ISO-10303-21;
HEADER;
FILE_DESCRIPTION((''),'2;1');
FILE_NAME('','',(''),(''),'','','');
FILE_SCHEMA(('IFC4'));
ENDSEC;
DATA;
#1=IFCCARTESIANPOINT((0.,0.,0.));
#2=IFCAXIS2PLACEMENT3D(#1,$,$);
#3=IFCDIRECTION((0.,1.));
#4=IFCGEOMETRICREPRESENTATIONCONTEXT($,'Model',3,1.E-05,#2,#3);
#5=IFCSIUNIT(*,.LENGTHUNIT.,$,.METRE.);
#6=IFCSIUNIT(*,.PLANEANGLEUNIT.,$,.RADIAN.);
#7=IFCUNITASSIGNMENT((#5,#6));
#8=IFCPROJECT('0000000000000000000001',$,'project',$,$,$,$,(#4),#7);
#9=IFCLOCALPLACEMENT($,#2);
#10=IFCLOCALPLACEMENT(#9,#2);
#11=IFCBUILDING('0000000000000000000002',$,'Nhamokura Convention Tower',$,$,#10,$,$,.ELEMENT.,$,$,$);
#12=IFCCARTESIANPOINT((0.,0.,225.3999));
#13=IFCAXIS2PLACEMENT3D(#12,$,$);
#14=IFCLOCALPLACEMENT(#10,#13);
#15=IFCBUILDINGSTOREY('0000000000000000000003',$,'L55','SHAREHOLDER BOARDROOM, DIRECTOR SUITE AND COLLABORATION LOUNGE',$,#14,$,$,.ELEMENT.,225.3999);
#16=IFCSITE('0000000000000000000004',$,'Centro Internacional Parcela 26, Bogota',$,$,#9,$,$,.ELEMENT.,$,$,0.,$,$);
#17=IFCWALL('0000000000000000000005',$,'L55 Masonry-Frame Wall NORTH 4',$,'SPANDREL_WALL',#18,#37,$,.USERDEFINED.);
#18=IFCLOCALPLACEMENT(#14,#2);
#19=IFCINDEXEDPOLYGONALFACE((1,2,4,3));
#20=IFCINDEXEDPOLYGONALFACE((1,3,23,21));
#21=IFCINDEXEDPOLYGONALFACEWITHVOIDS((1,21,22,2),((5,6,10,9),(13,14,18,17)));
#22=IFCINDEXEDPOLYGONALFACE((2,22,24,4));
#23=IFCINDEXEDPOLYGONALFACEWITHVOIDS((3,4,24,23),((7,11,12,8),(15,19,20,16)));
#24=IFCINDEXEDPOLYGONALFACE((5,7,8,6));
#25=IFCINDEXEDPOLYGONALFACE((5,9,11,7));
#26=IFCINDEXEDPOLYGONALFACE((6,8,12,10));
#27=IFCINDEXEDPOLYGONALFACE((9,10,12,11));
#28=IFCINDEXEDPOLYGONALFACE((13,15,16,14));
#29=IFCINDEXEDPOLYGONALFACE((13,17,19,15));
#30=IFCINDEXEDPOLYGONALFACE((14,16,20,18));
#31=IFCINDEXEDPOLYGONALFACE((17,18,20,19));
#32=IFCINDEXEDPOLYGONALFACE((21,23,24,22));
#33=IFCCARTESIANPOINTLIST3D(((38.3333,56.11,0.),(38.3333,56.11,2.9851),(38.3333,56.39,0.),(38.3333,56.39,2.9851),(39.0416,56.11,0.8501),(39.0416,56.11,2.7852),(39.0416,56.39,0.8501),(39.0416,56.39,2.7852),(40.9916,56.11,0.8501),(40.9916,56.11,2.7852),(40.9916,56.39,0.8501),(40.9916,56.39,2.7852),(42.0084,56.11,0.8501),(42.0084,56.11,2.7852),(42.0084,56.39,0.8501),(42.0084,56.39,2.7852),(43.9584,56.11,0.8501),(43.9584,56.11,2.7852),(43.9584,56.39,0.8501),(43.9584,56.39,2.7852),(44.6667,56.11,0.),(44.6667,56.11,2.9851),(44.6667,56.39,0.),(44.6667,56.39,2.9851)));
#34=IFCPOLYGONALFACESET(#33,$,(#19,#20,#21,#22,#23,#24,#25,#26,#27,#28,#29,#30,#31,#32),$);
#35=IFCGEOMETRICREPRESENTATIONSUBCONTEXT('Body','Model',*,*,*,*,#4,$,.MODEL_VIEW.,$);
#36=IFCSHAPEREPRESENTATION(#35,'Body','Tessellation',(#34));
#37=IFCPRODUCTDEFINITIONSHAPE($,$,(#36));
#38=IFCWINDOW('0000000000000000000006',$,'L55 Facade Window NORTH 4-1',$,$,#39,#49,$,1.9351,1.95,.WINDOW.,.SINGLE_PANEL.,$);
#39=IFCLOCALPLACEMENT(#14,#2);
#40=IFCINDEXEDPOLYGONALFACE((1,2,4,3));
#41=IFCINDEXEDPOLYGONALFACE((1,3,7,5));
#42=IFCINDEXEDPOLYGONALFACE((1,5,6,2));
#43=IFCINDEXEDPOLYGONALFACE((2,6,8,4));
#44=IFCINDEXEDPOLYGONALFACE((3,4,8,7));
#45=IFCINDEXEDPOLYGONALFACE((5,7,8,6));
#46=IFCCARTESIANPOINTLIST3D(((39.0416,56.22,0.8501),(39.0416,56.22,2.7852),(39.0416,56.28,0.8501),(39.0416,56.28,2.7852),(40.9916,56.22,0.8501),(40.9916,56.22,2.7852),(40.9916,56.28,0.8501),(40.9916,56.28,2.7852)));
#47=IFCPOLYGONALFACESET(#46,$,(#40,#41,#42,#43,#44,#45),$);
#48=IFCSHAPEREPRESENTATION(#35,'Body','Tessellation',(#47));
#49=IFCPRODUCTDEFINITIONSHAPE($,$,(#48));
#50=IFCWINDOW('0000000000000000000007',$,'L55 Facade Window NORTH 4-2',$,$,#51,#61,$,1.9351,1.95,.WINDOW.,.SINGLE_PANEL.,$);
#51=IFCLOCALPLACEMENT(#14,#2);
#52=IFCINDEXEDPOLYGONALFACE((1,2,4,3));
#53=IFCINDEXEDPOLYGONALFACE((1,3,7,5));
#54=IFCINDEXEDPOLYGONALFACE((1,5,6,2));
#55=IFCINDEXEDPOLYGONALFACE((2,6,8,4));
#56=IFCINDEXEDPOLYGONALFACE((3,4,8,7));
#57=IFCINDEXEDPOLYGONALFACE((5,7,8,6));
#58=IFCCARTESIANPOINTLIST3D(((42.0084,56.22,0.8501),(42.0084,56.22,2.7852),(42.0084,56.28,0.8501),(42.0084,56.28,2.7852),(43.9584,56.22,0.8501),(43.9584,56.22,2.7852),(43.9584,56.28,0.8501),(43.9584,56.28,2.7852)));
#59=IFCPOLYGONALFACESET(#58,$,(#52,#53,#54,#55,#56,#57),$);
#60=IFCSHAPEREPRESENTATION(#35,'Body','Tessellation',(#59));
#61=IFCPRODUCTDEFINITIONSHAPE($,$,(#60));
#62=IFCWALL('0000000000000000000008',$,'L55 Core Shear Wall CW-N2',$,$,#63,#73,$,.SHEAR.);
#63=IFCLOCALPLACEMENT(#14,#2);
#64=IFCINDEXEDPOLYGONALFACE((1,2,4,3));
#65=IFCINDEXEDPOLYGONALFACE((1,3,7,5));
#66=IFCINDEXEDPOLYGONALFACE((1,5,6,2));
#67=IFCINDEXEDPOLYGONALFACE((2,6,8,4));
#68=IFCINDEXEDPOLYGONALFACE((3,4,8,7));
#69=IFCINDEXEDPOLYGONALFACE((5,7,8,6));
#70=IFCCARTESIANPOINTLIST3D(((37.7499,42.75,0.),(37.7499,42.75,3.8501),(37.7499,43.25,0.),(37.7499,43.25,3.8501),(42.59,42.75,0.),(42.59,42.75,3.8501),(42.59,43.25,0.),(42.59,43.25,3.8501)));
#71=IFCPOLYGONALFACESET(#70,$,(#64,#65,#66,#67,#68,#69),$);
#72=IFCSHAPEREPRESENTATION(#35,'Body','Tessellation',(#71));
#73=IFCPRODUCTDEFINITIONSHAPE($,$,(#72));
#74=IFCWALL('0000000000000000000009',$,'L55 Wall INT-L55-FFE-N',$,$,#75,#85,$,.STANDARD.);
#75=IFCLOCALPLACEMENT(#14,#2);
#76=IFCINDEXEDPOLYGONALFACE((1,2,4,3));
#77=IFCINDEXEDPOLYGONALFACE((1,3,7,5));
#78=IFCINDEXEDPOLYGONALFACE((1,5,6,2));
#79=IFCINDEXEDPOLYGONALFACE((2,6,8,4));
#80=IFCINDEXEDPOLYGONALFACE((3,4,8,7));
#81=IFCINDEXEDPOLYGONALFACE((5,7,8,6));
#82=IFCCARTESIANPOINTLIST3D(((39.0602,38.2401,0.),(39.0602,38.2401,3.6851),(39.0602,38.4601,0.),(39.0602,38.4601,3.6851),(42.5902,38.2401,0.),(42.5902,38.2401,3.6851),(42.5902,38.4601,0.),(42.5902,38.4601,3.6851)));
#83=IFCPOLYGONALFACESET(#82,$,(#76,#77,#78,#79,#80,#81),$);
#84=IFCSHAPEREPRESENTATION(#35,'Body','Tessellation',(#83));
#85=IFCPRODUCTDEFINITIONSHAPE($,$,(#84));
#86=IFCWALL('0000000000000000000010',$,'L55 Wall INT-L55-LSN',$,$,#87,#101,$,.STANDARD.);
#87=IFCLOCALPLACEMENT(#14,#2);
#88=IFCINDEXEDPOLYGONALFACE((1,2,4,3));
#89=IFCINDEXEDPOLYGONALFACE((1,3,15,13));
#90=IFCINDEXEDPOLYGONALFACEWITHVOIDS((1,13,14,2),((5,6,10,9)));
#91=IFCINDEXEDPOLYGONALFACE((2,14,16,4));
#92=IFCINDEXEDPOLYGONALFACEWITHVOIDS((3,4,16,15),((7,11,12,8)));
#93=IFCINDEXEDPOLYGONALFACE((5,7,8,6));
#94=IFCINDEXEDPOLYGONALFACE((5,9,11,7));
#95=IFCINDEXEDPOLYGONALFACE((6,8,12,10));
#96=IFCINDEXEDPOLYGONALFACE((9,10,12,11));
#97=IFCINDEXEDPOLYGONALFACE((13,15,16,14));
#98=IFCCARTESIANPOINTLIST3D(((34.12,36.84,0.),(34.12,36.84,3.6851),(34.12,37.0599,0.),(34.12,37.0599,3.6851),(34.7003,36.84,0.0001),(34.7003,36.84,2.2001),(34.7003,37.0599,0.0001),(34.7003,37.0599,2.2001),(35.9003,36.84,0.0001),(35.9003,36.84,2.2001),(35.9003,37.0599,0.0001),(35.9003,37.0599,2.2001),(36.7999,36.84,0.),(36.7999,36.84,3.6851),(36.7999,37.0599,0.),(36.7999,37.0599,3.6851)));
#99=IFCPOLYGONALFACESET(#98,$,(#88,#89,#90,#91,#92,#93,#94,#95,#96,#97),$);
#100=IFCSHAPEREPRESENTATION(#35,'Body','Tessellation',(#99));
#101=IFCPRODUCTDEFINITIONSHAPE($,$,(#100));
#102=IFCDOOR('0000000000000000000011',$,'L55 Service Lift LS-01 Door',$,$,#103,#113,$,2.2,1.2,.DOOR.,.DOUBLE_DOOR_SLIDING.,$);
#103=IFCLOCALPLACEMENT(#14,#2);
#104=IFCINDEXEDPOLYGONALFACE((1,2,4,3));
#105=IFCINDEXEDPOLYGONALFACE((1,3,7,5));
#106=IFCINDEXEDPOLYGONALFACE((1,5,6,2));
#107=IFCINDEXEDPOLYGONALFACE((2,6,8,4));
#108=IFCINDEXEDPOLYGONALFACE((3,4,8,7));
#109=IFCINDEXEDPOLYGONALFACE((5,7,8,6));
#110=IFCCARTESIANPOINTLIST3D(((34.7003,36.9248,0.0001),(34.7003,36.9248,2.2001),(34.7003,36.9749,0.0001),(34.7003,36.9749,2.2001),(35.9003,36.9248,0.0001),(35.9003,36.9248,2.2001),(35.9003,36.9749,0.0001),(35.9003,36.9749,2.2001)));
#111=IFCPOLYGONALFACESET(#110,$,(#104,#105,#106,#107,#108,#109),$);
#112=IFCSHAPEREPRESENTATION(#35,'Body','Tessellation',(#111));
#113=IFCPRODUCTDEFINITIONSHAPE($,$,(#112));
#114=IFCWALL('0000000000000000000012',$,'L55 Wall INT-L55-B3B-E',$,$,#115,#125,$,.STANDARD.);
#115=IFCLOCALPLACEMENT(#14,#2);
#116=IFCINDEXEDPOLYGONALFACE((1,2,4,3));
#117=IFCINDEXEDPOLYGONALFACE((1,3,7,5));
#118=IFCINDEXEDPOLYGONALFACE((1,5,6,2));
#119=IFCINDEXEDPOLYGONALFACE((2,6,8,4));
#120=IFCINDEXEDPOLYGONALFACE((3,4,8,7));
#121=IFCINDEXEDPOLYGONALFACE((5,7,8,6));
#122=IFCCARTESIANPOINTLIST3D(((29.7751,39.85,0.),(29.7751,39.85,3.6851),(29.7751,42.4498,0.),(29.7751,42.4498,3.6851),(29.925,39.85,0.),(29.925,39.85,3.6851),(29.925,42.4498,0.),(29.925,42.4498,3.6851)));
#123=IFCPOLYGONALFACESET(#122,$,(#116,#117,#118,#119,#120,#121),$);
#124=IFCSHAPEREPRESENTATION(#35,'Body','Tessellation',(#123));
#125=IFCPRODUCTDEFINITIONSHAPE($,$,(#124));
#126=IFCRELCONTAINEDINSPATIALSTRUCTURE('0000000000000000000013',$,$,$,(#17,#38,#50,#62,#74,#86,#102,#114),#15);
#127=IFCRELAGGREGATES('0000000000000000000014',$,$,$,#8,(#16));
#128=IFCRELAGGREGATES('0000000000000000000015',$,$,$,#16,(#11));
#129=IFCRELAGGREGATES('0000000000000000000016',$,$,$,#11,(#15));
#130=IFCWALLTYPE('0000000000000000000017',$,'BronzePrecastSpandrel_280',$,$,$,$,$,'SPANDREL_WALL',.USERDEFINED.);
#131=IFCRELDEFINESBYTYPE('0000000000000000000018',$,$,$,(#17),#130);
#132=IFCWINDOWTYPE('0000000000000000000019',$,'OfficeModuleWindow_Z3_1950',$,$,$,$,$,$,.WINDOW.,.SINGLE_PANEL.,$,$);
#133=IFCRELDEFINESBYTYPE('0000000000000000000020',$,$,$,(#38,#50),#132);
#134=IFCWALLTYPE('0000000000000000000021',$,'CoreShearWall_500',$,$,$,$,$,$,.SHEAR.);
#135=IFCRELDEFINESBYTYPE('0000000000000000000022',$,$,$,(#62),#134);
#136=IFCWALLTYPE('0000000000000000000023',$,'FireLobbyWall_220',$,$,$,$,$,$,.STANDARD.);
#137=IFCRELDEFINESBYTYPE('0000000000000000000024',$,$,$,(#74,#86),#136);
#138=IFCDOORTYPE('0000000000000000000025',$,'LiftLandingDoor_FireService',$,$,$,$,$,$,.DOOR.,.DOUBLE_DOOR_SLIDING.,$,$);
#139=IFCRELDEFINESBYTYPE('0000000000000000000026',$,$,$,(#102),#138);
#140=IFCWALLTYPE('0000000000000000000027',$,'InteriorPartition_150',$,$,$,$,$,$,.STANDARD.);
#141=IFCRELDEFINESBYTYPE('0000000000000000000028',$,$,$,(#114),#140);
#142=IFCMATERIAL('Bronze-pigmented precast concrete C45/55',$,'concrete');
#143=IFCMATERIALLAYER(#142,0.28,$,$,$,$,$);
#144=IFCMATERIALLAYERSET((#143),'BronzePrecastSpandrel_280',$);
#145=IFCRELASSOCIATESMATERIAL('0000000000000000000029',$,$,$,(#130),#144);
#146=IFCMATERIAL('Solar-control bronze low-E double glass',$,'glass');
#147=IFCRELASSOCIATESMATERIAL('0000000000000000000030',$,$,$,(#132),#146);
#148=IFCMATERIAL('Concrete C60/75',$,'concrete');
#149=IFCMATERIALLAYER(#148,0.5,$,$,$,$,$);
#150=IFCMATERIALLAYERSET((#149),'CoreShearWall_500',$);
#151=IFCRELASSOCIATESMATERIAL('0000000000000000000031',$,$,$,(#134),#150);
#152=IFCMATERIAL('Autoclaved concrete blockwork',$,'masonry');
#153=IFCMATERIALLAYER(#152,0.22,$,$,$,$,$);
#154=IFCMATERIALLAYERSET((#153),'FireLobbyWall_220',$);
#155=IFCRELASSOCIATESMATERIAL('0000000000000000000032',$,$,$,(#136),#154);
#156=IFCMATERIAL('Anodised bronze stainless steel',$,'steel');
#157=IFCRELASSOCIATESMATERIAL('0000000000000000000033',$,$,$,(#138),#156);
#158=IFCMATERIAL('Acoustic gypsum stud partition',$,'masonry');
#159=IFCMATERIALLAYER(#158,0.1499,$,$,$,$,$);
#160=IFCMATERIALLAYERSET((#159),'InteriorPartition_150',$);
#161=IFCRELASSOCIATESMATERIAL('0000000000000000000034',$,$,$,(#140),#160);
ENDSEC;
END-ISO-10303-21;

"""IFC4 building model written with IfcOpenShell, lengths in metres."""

from ifc_helpers import new_model, si_unit, direction, frame, frame_2d, origin, place, context, subcontext, project, spatial, rectangle, extrude, material, layer, layer_set, type_object, element, fill, save


model = new_model("IFC4")

# Units and contexts
model_context = context("Model", 3, precision=1e-05, world=origin(), true_north=direction((0.0, 1.0)))
body_context = subcontext(model_context, "Body", "Model", "MODEL_VIEW")
ifc_project = project(units=[si_unit("LENGTHUNIT", "METRE"), si_unit("PLANEANGLEUNIT", "RADIAN")], contexts=[model_context])

# Site, building, storey
site_placement = place(None, origin())
site = spatial("IfcSite", under=ifc_project, at=site_placement, Name="Centro Internacional Parcela 26, Bogota", CompositionType="ELEMENT", RefElevation=0.0)
building_placement = place(site_placement, origin())
building = spatial("IfcBuilding", under=site, at=building_placement, Name="Nhamokura Convention Tower", CompositionType="ELEMENT")
storey_placement = place(building_placement, frame((0.0, 0.0, 225.3999)))
storey = spatial("IfcBuildingStorey", under=building, at=storey_placement, Name="L55", Description="SHAREHOLDER BOARDROOM, DIRECTOR SUITE AND COLLABORATION LOUNGE", CompositionType="ELEMENT", Elevation=225.3999)

# Shared definitions
ifc_material_1 = material(Name="Bronze-pigmented precast concrete C45/55", Category="concrete")
ifc_layer_1 = layer(ifc_material_1, 0.28)
ifc_layer_set_1 = layer_set([ifc_layer_1], Name="BronzePrecastSpandrel_280")
wall_type_1 = type_object("IfcWallType", Name="BronzePrecastSpandrel_280", ElementType="SPANDREL_WALL", PredefinedType="USERDEFINED", material=ifc_layer_set_1)

# Wall, openings, windows
wall_1_placement = place(storey_placement, frame((38.3333, 56.25, 0.0), z_axis=(0.0, 0.0, 1.0), x_axis=(1.0, 0.0, 0.0)))
wall_1 = element("IfcWall", 1, at=wall_1_placement, inside=storey, type_object=wall_type_1, Name="L55 Masonry-Frame Wall NORTH 4", ObjectType="SPANDREL_WALL", PredefinedType="USERDEFINED", context=body_context, shape_type="SweptSolid", body=[
    extrude(rectangle(XDim=6.3335, YDim=0.28, at=frame_2d((3.1667, 0.0))), origin(), (0.0, 0.0, 1.0), 2.9851),
])
opening_1_placement = place(wall_1_placement, frame((0.7083, 0.0, 0.8501)))
opening_1 = element("IfcOpeningElement", 2, at=opening_1_placement, cuts=wall_1, PredefinedType="OPENING", context=body_context, shape_type="SweptSolid", body=[
    extrude(rectangle(XDim=1.95, YDim=1.9351, at=frame_2d((0.9751, 0.9675))), frame((0.0, 0.1499, 0.0), z_axis=(0.0, -1.0, 0.0), x_axis=(1.0, 0.0, 0.0)), (0.0, 0.0, 1.0), 0.3),
])
opening_2_placement = place(wall_1_placement, frame((3.675, 0.0, 0.8501)))
opening_2 = element("IfcOpeningElement", 3, at=opening_2_placement, cuts=wall_1, PredefinedType="OPENING", context=body_context, shape_type="SweptSolid", body=[
    extrude(rectangle(XDim=1.95, YDim=1.9351, at=frame_2d((0.9751, 0.9675))), frame((0.0, 0.1499, 0.0), z_axis=(0.0, -1.0, 0.0), x_axis=(1.0, 0.0, 0.0)), (0.0, 0.0, 1.0), 0.3),
])
ifc_material_2 = material(Name="Solar-control bronze low-E double glass", Category="glass")
window_type_1 = type_object("IfcWindowType", Name="OfficeModuleWindow_Z3_1950", PartitioningType="SINGLE_PANEL", PredefinedType="WINDOW", material=ifc_material_2)
window_1_placement = place(opening_1_placement, origin())
window_1 = element("IfcWindow", 4, at=window_1_placement, inside=storey, type_object=window_type_1, Name="L55 Facade Window NORTH 4-1", OverallHeight=1.9351, OverallWidth=1.95, PartitioningType="SINGLE_PANEL", PredefinedType="WINDOW", context=body_context, shape_type="SweptSolid", body=[
    extrude(rectangle(XDim=1.95, YDim=1.9351, at=frame_2d((0.9751, 0.9675))), frame((0.0, 0.03, 0.0), z_axis=(0.0, -1.0, 0.0), x_axis=(1.0, 0.0, 0.0)), (0.0, 0.0, 1.0), 0.0601),
])
fill(opening_1, window_1)
window_2_placement = place(opening_2_placement, origin())
window_2 = element("IfcWindow", 5, at=window_2_placement, inside=storey, type_object=window_type_1, Name="L55 Facade Window NORTH 4-2", OverallHeight=1.9351, OverallWidth=1.95, PartitioningType="SINGLE_PANEL", PredefinedType="WINDOW", context=body_context, shape_type="SweptSolid", body=[
    extrude(rectangle(XDim=1.95, YDim=1.9351, at=frame_2d((0.9751, 0.9675))), frame((0.0, 0.03, 0.0), z_axis=(0.0, -1.0, 0.0), x_axis=(1.0, 0.0, 0.0)), (0.0, 0.0, 1.0), 0.0601),
])
fill(opening_2, window_2)

# Walls
ifc_material_3 = material(Name="Concrete C60/75", Category="concrete")
ifc_layer_2 = layer(ifc_material_3, 0.5)
ifc_layer_set_2 = layer_set([ifc_layer_2], Name="CoreShearWall_500")
wall_type_2 = type_object("IfcWallType", Name="CoreShearWall_500", PredefinedType="SHEAR", material=ifc_layer_set_2)
wall_2_placement = place(storey_placement, frame((37.75, 43.0, 0.0), z_axis=(0.0, 0.0, 1.0), x_axis=(1.0, 0.0, 0.0)))
element("IfcWall", 6, at=wall_2_placement, inside=storey, type_object=wall_type_2, Name="L55 Core Shear Wall CW-N2", PredefinedType="SHEAR", context=body_context, shape_type="SweptSolid", body=[
    extrude(rectangle(XDim=4.8401, YDim=0.5, at=frame_2d((2.4199, 0.0))), origin(), (0.0, 0.0, 1.0), 3.8501),
])
ifc_material_4 = material(Name="Autoclaved concrete blockwork", Category="masonry")
ifc_layer_3 = layer(ifc_material_4, 0.22)
ifc_layer_set_3 = layer_set([ifc_layer_3], Name="FireLobbyWall_220")
wall_type_3 = type_object("IfcWallType", Name="FireLobbyWall_220", PredefinedType="STANDARD", material=ifc_layer_set_3)
wall_3_placement = place(storey_placement, frame((39.0601, 38.3501, 0.0), z_axis=(0.0, 0.0, 1.0), x_axis=(1.0, 0.0, 0.0)))
element("IfcWall", 7, at=wall_3_placement, inside=storey, type_object=wall_type_3, Name="L55 Wall INT-L55-FFE-N", PredefinedType="STANDARD", context=body_context, shape_type="SweptSolid", body=[
    extrude(rectangle(XDim=3.53, YDim=0.22, at=frame_2d((1.7651, 0.0))), origin(), (0.0, 0.0, 1.0), 3.6851),
])

# Wall, opening, door
wall_4_placement = place(storey_placement, frame((34.1201, 36.95, 0.0), z_axis=(0.0, 0.0, 1.0), x_axis=(1.0, 0.0, 0.0)))
wall_4 = element("IfcWall", 8, at=wall_4_placement, inside=storey, type_object=wall_type_3, Name="L55 Wall INT-L55-LSN", PredefinedType="STANDARD", context=body_context, shape_type="SweptSolid", body=[
    extrude(rectangle(XDim=2.6799, YDim=0.22, at=frame_2d((1.3398, 0.0))), origin(), (0.0, 0.0, 1.0), 3.6851),
])
opening_3_placement = place(wall_4_placement, frame((0.5801, 0.0, 0.0)))
opening_3 = element("IfcOpeningElement", 9, at=opening_3_placement, cuts=wall_4, PredefinedType="OPENING", context=body_context, shape_type="SweptSolid", body=[
    extrude(rectangle(XDim=1.2, YDim=2.2, at=frame_2d((0.6001, 1.1001))), frame((0.0, 0.1199, 0.0), z_axis=(0.0, -1.0, 0.0), x_axis=(1.0, 0.0, 0.0)), (0.0, 0.0, 1.0), 0.24),
])
ifc_material_5 = material(Name="Anodised bronze stainless steel", Category="steel")
door_type_1 = type_object("IfcDoorType", Name="LiftLandingDoor_FireService", OperationType="DOUBLE_DOOR_SLIDING", PredefinedType="DOOR", material=ifc_material_5)
door_1_placement = place(opening_3_placement, origin())
door_1 = element("IfcDoor", 10, at=door_1_placement, inside=storey, type_object=door_type_1, Name="L55 Service Lift LS-01 Door", OperationType="DOUBLE_DOOR_SLIDING", OverallHeight=2.2, OverallWidth=1.2, PredefinedType="DOOR", context=body_context, shape_type="SweptSolid", body=[
    extrude(rectangle(XDim=1.2, YDim=2.2, at=frame_2d((0.6001, 1.1001))), frame((0.0, 0.0249, 0.0), z_axis=(0.0, -1.0, 0.0), x_axis=(1.0, 0.0, 0.0)), (0.0, 0.0, 1.0), 0.05),
])
fill(opening_3, door_1)

# Wall
ifc_material_6 = material(Name="Acoustic gypsum stud partition", Category="masonry")
ifc_layer_4 = layer(ifc_material_6, 0.1499)
ifc_layer_set_4 = layer_set([ifc_layer_4], Name="InteriorPartition_150")
wall_type_4 = type_object("IfcWallType", Name="InteriorPartition_150", PredefinedType="STANDARD", material=ifc_layer_set_4)
wall_5_placement = place(storey_placement, frame((29.8501, 39.8501, 0.0), z_axis=(0.0, 0.0, 1.0), x_axis=(0.0, 1.0, 0.0)))
element("IfcWall", 11, at=wall_5_placement, inside=storey, type_object=wall_type_4, Name="L55 Wall INT-L55-B3B-E", PredefinedType="STANDARD", context=body_context, shape_type="SweptSolid", body=[
    extrude(rectangle(XDim=2.5999, YDim=0.1499, at=frame_2d((1.2998, 0.0))), origin(), (0.0, 0.0, 1.0), 3.6851),
])

save(model, "model.ifc")
